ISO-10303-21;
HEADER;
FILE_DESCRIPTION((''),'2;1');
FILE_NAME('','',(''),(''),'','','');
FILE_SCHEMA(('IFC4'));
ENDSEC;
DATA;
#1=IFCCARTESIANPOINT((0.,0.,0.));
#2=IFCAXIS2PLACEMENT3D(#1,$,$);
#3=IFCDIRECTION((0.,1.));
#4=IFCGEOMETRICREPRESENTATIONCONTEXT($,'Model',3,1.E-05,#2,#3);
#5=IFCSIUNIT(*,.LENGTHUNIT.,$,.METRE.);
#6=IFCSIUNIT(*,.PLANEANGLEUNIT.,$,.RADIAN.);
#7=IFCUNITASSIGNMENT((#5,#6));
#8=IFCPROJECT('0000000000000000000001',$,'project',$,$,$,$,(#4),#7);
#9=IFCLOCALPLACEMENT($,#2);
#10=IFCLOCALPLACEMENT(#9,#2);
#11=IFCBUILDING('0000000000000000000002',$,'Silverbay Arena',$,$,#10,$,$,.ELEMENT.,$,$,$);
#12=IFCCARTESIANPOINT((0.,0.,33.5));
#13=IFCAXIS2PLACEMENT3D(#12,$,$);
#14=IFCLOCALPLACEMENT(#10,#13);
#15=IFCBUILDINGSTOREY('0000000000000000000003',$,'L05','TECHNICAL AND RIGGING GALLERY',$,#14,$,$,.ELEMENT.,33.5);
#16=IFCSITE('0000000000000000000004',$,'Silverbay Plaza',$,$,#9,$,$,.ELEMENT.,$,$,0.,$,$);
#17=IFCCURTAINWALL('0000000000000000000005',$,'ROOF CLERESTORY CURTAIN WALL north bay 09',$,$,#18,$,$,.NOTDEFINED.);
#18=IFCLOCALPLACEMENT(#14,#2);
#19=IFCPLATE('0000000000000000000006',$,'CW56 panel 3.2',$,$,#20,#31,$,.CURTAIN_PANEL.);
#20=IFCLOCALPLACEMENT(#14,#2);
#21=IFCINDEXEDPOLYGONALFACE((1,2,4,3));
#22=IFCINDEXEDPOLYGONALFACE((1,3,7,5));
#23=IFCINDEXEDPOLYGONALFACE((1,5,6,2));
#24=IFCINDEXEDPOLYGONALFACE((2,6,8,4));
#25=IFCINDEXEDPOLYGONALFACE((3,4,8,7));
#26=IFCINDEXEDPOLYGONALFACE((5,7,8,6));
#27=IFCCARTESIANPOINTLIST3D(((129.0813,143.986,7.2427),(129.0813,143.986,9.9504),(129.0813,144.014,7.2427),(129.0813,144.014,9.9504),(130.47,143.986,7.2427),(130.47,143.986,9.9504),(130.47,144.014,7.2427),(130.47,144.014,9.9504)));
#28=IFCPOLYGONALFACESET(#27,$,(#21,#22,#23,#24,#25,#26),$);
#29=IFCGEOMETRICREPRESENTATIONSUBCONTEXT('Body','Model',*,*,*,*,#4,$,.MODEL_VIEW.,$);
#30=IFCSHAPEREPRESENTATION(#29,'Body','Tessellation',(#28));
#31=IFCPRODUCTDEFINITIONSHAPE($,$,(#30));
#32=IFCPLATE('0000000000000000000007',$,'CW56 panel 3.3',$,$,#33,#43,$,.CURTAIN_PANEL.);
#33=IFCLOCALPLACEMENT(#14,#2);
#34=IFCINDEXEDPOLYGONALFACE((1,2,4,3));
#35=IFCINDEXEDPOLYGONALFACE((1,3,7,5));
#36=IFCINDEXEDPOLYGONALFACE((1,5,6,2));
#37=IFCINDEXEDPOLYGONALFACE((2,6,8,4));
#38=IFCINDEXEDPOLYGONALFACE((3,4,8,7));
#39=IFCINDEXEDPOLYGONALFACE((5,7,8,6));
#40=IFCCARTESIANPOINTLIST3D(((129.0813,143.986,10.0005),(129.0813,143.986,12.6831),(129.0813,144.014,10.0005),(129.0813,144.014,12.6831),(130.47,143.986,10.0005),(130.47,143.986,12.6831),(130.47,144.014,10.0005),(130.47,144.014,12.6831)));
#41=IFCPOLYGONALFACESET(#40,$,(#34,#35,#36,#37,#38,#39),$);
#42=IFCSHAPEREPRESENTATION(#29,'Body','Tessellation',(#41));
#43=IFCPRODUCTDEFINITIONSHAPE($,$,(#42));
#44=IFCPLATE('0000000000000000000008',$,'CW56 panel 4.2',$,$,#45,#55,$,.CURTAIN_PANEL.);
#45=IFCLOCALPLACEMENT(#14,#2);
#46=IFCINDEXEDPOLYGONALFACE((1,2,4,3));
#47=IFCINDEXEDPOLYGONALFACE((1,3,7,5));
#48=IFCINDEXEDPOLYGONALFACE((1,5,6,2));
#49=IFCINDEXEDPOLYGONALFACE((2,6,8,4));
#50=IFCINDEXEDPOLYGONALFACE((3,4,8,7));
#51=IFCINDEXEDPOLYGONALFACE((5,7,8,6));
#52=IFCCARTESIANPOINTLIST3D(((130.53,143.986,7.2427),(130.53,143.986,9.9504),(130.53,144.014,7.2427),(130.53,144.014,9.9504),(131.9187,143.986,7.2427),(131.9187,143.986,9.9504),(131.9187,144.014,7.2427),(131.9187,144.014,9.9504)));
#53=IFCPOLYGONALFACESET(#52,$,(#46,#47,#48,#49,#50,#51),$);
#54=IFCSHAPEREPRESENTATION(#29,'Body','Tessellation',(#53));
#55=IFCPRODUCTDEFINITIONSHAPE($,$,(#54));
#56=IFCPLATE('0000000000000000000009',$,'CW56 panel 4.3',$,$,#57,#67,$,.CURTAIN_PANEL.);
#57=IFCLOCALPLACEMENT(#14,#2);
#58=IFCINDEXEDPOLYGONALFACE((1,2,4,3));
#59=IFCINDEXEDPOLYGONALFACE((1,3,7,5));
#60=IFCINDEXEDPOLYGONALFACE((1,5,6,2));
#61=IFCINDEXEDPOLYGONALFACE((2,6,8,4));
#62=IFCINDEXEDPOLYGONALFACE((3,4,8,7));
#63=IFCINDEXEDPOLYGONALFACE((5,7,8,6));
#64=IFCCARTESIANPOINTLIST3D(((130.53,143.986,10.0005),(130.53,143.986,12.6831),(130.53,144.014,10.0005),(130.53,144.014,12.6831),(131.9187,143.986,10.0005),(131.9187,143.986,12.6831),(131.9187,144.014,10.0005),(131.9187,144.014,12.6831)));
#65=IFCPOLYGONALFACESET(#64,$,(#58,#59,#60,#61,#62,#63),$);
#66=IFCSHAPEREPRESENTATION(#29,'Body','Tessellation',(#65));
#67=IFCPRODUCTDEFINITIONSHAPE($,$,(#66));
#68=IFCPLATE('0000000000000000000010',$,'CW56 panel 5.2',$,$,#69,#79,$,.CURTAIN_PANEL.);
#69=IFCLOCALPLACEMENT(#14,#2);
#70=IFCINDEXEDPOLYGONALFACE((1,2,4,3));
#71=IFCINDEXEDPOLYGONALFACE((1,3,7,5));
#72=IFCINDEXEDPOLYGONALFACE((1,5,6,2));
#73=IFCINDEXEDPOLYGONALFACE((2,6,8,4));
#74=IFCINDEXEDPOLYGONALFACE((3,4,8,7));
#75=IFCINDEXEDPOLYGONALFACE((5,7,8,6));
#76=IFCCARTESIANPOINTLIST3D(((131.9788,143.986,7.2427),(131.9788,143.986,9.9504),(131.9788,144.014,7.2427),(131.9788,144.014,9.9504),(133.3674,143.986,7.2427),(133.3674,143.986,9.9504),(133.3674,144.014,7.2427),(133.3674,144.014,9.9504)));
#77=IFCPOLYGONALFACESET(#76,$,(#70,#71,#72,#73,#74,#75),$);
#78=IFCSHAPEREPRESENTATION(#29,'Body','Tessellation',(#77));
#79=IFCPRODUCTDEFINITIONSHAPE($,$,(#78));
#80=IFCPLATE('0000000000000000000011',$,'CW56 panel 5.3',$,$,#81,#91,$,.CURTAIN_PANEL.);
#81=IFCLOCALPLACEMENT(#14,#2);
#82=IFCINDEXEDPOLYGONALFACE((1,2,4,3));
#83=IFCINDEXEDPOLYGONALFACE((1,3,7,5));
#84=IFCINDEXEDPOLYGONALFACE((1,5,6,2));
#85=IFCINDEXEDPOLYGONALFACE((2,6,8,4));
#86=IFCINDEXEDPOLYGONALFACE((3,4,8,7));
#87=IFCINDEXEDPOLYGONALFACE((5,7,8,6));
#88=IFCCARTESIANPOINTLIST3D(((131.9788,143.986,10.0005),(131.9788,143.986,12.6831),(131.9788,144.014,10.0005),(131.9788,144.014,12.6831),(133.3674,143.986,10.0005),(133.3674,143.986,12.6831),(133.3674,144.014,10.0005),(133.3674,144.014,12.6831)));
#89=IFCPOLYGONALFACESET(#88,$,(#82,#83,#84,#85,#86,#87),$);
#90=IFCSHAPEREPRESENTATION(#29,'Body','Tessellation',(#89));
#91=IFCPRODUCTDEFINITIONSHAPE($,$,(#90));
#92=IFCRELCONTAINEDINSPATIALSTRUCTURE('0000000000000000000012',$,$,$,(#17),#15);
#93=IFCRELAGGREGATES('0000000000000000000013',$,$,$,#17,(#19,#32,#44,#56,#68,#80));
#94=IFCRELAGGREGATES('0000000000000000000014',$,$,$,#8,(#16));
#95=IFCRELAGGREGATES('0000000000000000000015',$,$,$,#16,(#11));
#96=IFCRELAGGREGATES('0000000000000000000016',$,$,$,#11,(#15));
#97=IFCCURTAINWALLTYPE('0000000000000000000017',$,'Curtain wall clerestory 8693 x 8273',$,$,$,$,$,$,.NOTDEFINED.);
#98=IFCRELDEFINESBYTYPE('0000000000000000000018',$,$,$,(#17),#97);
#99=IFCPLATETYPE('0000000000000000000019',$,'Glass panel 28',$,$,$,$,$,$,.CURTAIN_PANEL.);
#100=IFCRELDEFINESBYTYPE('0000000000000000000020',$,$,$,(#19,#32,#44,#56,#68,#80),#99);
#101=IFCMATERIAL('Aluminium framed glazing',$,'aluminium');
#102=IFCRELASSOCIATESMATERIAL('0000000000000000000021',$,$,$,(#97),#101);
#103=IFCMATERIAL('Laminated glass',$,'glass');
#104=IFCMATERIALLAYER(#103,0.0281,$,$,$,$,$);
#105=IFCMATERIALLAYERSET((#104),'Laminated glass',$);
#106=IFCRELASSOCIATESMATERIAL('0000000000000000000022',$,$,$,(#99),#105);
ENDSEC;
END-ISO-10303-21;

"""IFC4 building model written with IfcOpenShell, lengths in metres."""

from ifc_helpers import new_model, si_unit, direction, frame, origin, origin_2d, place, context, subcontext, project, spatial, rectangle, extrude, material, layer, layer_set, type_object, element, aggregate, save


model = new_model("IFC4")

# Units and contexts
model_context = context("Model", 3, precision=1e-05, world=origin(), true_north=direction((0.0, 1.0)))
body_context = subcontext(model_context, "Body", "Model", "MODEL_VIEW")
ifc_project = project(units=[si_unit("LENGTHUNIT", "METRE"), si_unit("PLANEANGLEUNIT", "RADIAN")], contexts=[model_context])

# Site, building, storey
site_placement = place(None, origin())
site = spatial("IfcSite", under=ifc_project, at=site_placement, Name="Silverbay Plaza", CompositionType="ELEMENT", RefElevation=0.0)
building_placement = place(site_placement, origin())
building = spatial("IfcBuilding", under=site, at=building_placement, Name="Silverbay Arena", CompositionType="ELEMENT")
storey_placement = place(building_placement, frame((0.0, 0.0, 33.5)))
storey = spatial("IfcBuildingStorey", under=building, at=storey_placement, Name="L05", Description="TECHNICAL AND RIGGING GALLERY", CompositionType="ELEMENT", Elevation=33.5)

# Curtain wall, plates
ifc_material_1 = material(Name="Aluminium framed glazing", Category="aluminium")
curtain_wall_type = type_object("IfcCurtainWallType", Name="Curtain wall clerestory 8693 x 8273", PredefinedType="NOTDEFINED", material=ifc_material_1)
curtain_wall_placement = place(storey_placement, origin())
curtain_wall = element("IfcCurtainWall", 1, at=curtain_wall_placement, inside=storey, type_object=curtain_wall_type, Name="ROOF CLERESTORY CURTAIN WALL north bay 09", PredefinedType="NOTDEFINED")
ifc_material_2 = material(Name="Laminated glass", Category="glass")
ifc_layer = layer(ifc_material_2, 0.0281)
ifc_layer_set = layer_set([ifc_layer], Name="Laminated glass")
plate_type = type_object("IfcPlateType", Name="Glass panel 28", PredefinedType="CURTAIN_PANEL", material=ifc_layer_set)
plate_1_placement = place(storey_placement, frame((129.7756, 144.0, 7.2427), z_axis=(0.0, 0.0, 1.0), x_axis=(1.0, 0.0, 0.0)))
plate_1 = element("IfcPlate", 2, at=plate_1_placement, type_object=plate_type, Name="CW56 panel 3.2", PredefinedType="CURTAIN_PANEL", context=body_context, shape_type="SweptSolid", body=[
    extrude(rectangle(XDim=1.3887, YDim=0.0281, at=origin_2d()), origin(), (0.0, 0.0, 1.0), 2.7078),
])
plate_2_placement = place(storey_placement, frame((129.7756, 144.0, 10.0005), z_axis=(0.0, 0.0, 1.0), x_axis=(1.0, 0.0, 0.0)))
plate_2 = element("IfcPlate", 3, at=plate_2_placement, type_object=plate_type, Name="CW56 panel 3.3", PredefinedType="CURTAIN_PANEL", context=body_context, shape_type="SweptSolid", body=[
    extrude(rectangle(XDim=1.3887, YDim=0.0281, at=origin_2d()), origin(), (0.0, 0.0, 1.0), 2.6826),
])
plate_3_placement = place(storey_placement, frame((131.2244, 144.0, 7.2427), z_axis=(0.0, 0.0, 1.0), x_axis=(1.0, 0.0, 0.0)))
plate_3 = element("IfcPlate", 4, at=plate_3_placement, type_object=plate_type, Name="CW56 panel 4.2", PredefinedType="CURTAIN_PANEL", context=body_context, shape_type="SweptSolid", body=[
    extrude(rectangle(XDim=1.3887, YDim=0.0281, at=origin_2d()), origin(), (0.0, 0.0, 1.0), 2.7078),
])
plate_4_placement = place(storey_placement, frame((131.2244, 144.0, 10.0005), z_axis=(0.0, 0.0, 1.0), x_axis=(1.0, 0.0, 0.0)))
plate_4 = element("IfcPlate", 5, at=plate_4_placement, type_object=plate_type, Name="CW56 panel 4.3", PredefinedType="CURTAIN_PANEL", context=body_context, shape_type="SweptSolid", body=[
    extrude(rectangle(XDim=1.3887, YDim=0.0281, at=origin_2d()), origin(), (0.0, 0.0, 1.0), 2.6826),
])
plate_5_placement = place(storey_placement, frame((132.6731, 144.0, 7.2427), z_axis=(0.0, 0.0, 1.0), x_axis=(1.0, 0.0, 0.0)))
plate_5 = element("IfcPlate", 6, at=plate_5_placement, type_object=plate_type, Name="CW56 panel 5.2", PredefinedType="CURTAIN_PANEL", context=body_context, shape_type="SweptSolid", body=[
    extrude(rectangle(XDim=1.3887, YDim=0.0281, at=origin_2d()), origin(), (0.0, 0.0, 1.0), 2.7078),
])
plate_6_placement = place(storey_placement, frame((132.6731, 144.0, 10.0005), z_axis=(0.0, 0.0, 1.0), x_axis=(1.0, 0.0, 0.0)))
plate_6 = element("IfcPlate", 7, at=plate_6_placement, type_object=plate_type, Name="CW56 panel 5.3", PredefinedType="CURTAIN_PANEL", context=body_context, shape_type="SweptSolid", body=[
    extrude(rectangle(XDim=1.3887, YDim=0.0281, at=origin_2d()), origin(), (0.0, 0.0, 1.0), 2.6826),
])
aggregate(curtain_wall, [plate_1, plate_2, plate_3, plate_4, plate_5, plate_6])

save(model, "model.ifc")
